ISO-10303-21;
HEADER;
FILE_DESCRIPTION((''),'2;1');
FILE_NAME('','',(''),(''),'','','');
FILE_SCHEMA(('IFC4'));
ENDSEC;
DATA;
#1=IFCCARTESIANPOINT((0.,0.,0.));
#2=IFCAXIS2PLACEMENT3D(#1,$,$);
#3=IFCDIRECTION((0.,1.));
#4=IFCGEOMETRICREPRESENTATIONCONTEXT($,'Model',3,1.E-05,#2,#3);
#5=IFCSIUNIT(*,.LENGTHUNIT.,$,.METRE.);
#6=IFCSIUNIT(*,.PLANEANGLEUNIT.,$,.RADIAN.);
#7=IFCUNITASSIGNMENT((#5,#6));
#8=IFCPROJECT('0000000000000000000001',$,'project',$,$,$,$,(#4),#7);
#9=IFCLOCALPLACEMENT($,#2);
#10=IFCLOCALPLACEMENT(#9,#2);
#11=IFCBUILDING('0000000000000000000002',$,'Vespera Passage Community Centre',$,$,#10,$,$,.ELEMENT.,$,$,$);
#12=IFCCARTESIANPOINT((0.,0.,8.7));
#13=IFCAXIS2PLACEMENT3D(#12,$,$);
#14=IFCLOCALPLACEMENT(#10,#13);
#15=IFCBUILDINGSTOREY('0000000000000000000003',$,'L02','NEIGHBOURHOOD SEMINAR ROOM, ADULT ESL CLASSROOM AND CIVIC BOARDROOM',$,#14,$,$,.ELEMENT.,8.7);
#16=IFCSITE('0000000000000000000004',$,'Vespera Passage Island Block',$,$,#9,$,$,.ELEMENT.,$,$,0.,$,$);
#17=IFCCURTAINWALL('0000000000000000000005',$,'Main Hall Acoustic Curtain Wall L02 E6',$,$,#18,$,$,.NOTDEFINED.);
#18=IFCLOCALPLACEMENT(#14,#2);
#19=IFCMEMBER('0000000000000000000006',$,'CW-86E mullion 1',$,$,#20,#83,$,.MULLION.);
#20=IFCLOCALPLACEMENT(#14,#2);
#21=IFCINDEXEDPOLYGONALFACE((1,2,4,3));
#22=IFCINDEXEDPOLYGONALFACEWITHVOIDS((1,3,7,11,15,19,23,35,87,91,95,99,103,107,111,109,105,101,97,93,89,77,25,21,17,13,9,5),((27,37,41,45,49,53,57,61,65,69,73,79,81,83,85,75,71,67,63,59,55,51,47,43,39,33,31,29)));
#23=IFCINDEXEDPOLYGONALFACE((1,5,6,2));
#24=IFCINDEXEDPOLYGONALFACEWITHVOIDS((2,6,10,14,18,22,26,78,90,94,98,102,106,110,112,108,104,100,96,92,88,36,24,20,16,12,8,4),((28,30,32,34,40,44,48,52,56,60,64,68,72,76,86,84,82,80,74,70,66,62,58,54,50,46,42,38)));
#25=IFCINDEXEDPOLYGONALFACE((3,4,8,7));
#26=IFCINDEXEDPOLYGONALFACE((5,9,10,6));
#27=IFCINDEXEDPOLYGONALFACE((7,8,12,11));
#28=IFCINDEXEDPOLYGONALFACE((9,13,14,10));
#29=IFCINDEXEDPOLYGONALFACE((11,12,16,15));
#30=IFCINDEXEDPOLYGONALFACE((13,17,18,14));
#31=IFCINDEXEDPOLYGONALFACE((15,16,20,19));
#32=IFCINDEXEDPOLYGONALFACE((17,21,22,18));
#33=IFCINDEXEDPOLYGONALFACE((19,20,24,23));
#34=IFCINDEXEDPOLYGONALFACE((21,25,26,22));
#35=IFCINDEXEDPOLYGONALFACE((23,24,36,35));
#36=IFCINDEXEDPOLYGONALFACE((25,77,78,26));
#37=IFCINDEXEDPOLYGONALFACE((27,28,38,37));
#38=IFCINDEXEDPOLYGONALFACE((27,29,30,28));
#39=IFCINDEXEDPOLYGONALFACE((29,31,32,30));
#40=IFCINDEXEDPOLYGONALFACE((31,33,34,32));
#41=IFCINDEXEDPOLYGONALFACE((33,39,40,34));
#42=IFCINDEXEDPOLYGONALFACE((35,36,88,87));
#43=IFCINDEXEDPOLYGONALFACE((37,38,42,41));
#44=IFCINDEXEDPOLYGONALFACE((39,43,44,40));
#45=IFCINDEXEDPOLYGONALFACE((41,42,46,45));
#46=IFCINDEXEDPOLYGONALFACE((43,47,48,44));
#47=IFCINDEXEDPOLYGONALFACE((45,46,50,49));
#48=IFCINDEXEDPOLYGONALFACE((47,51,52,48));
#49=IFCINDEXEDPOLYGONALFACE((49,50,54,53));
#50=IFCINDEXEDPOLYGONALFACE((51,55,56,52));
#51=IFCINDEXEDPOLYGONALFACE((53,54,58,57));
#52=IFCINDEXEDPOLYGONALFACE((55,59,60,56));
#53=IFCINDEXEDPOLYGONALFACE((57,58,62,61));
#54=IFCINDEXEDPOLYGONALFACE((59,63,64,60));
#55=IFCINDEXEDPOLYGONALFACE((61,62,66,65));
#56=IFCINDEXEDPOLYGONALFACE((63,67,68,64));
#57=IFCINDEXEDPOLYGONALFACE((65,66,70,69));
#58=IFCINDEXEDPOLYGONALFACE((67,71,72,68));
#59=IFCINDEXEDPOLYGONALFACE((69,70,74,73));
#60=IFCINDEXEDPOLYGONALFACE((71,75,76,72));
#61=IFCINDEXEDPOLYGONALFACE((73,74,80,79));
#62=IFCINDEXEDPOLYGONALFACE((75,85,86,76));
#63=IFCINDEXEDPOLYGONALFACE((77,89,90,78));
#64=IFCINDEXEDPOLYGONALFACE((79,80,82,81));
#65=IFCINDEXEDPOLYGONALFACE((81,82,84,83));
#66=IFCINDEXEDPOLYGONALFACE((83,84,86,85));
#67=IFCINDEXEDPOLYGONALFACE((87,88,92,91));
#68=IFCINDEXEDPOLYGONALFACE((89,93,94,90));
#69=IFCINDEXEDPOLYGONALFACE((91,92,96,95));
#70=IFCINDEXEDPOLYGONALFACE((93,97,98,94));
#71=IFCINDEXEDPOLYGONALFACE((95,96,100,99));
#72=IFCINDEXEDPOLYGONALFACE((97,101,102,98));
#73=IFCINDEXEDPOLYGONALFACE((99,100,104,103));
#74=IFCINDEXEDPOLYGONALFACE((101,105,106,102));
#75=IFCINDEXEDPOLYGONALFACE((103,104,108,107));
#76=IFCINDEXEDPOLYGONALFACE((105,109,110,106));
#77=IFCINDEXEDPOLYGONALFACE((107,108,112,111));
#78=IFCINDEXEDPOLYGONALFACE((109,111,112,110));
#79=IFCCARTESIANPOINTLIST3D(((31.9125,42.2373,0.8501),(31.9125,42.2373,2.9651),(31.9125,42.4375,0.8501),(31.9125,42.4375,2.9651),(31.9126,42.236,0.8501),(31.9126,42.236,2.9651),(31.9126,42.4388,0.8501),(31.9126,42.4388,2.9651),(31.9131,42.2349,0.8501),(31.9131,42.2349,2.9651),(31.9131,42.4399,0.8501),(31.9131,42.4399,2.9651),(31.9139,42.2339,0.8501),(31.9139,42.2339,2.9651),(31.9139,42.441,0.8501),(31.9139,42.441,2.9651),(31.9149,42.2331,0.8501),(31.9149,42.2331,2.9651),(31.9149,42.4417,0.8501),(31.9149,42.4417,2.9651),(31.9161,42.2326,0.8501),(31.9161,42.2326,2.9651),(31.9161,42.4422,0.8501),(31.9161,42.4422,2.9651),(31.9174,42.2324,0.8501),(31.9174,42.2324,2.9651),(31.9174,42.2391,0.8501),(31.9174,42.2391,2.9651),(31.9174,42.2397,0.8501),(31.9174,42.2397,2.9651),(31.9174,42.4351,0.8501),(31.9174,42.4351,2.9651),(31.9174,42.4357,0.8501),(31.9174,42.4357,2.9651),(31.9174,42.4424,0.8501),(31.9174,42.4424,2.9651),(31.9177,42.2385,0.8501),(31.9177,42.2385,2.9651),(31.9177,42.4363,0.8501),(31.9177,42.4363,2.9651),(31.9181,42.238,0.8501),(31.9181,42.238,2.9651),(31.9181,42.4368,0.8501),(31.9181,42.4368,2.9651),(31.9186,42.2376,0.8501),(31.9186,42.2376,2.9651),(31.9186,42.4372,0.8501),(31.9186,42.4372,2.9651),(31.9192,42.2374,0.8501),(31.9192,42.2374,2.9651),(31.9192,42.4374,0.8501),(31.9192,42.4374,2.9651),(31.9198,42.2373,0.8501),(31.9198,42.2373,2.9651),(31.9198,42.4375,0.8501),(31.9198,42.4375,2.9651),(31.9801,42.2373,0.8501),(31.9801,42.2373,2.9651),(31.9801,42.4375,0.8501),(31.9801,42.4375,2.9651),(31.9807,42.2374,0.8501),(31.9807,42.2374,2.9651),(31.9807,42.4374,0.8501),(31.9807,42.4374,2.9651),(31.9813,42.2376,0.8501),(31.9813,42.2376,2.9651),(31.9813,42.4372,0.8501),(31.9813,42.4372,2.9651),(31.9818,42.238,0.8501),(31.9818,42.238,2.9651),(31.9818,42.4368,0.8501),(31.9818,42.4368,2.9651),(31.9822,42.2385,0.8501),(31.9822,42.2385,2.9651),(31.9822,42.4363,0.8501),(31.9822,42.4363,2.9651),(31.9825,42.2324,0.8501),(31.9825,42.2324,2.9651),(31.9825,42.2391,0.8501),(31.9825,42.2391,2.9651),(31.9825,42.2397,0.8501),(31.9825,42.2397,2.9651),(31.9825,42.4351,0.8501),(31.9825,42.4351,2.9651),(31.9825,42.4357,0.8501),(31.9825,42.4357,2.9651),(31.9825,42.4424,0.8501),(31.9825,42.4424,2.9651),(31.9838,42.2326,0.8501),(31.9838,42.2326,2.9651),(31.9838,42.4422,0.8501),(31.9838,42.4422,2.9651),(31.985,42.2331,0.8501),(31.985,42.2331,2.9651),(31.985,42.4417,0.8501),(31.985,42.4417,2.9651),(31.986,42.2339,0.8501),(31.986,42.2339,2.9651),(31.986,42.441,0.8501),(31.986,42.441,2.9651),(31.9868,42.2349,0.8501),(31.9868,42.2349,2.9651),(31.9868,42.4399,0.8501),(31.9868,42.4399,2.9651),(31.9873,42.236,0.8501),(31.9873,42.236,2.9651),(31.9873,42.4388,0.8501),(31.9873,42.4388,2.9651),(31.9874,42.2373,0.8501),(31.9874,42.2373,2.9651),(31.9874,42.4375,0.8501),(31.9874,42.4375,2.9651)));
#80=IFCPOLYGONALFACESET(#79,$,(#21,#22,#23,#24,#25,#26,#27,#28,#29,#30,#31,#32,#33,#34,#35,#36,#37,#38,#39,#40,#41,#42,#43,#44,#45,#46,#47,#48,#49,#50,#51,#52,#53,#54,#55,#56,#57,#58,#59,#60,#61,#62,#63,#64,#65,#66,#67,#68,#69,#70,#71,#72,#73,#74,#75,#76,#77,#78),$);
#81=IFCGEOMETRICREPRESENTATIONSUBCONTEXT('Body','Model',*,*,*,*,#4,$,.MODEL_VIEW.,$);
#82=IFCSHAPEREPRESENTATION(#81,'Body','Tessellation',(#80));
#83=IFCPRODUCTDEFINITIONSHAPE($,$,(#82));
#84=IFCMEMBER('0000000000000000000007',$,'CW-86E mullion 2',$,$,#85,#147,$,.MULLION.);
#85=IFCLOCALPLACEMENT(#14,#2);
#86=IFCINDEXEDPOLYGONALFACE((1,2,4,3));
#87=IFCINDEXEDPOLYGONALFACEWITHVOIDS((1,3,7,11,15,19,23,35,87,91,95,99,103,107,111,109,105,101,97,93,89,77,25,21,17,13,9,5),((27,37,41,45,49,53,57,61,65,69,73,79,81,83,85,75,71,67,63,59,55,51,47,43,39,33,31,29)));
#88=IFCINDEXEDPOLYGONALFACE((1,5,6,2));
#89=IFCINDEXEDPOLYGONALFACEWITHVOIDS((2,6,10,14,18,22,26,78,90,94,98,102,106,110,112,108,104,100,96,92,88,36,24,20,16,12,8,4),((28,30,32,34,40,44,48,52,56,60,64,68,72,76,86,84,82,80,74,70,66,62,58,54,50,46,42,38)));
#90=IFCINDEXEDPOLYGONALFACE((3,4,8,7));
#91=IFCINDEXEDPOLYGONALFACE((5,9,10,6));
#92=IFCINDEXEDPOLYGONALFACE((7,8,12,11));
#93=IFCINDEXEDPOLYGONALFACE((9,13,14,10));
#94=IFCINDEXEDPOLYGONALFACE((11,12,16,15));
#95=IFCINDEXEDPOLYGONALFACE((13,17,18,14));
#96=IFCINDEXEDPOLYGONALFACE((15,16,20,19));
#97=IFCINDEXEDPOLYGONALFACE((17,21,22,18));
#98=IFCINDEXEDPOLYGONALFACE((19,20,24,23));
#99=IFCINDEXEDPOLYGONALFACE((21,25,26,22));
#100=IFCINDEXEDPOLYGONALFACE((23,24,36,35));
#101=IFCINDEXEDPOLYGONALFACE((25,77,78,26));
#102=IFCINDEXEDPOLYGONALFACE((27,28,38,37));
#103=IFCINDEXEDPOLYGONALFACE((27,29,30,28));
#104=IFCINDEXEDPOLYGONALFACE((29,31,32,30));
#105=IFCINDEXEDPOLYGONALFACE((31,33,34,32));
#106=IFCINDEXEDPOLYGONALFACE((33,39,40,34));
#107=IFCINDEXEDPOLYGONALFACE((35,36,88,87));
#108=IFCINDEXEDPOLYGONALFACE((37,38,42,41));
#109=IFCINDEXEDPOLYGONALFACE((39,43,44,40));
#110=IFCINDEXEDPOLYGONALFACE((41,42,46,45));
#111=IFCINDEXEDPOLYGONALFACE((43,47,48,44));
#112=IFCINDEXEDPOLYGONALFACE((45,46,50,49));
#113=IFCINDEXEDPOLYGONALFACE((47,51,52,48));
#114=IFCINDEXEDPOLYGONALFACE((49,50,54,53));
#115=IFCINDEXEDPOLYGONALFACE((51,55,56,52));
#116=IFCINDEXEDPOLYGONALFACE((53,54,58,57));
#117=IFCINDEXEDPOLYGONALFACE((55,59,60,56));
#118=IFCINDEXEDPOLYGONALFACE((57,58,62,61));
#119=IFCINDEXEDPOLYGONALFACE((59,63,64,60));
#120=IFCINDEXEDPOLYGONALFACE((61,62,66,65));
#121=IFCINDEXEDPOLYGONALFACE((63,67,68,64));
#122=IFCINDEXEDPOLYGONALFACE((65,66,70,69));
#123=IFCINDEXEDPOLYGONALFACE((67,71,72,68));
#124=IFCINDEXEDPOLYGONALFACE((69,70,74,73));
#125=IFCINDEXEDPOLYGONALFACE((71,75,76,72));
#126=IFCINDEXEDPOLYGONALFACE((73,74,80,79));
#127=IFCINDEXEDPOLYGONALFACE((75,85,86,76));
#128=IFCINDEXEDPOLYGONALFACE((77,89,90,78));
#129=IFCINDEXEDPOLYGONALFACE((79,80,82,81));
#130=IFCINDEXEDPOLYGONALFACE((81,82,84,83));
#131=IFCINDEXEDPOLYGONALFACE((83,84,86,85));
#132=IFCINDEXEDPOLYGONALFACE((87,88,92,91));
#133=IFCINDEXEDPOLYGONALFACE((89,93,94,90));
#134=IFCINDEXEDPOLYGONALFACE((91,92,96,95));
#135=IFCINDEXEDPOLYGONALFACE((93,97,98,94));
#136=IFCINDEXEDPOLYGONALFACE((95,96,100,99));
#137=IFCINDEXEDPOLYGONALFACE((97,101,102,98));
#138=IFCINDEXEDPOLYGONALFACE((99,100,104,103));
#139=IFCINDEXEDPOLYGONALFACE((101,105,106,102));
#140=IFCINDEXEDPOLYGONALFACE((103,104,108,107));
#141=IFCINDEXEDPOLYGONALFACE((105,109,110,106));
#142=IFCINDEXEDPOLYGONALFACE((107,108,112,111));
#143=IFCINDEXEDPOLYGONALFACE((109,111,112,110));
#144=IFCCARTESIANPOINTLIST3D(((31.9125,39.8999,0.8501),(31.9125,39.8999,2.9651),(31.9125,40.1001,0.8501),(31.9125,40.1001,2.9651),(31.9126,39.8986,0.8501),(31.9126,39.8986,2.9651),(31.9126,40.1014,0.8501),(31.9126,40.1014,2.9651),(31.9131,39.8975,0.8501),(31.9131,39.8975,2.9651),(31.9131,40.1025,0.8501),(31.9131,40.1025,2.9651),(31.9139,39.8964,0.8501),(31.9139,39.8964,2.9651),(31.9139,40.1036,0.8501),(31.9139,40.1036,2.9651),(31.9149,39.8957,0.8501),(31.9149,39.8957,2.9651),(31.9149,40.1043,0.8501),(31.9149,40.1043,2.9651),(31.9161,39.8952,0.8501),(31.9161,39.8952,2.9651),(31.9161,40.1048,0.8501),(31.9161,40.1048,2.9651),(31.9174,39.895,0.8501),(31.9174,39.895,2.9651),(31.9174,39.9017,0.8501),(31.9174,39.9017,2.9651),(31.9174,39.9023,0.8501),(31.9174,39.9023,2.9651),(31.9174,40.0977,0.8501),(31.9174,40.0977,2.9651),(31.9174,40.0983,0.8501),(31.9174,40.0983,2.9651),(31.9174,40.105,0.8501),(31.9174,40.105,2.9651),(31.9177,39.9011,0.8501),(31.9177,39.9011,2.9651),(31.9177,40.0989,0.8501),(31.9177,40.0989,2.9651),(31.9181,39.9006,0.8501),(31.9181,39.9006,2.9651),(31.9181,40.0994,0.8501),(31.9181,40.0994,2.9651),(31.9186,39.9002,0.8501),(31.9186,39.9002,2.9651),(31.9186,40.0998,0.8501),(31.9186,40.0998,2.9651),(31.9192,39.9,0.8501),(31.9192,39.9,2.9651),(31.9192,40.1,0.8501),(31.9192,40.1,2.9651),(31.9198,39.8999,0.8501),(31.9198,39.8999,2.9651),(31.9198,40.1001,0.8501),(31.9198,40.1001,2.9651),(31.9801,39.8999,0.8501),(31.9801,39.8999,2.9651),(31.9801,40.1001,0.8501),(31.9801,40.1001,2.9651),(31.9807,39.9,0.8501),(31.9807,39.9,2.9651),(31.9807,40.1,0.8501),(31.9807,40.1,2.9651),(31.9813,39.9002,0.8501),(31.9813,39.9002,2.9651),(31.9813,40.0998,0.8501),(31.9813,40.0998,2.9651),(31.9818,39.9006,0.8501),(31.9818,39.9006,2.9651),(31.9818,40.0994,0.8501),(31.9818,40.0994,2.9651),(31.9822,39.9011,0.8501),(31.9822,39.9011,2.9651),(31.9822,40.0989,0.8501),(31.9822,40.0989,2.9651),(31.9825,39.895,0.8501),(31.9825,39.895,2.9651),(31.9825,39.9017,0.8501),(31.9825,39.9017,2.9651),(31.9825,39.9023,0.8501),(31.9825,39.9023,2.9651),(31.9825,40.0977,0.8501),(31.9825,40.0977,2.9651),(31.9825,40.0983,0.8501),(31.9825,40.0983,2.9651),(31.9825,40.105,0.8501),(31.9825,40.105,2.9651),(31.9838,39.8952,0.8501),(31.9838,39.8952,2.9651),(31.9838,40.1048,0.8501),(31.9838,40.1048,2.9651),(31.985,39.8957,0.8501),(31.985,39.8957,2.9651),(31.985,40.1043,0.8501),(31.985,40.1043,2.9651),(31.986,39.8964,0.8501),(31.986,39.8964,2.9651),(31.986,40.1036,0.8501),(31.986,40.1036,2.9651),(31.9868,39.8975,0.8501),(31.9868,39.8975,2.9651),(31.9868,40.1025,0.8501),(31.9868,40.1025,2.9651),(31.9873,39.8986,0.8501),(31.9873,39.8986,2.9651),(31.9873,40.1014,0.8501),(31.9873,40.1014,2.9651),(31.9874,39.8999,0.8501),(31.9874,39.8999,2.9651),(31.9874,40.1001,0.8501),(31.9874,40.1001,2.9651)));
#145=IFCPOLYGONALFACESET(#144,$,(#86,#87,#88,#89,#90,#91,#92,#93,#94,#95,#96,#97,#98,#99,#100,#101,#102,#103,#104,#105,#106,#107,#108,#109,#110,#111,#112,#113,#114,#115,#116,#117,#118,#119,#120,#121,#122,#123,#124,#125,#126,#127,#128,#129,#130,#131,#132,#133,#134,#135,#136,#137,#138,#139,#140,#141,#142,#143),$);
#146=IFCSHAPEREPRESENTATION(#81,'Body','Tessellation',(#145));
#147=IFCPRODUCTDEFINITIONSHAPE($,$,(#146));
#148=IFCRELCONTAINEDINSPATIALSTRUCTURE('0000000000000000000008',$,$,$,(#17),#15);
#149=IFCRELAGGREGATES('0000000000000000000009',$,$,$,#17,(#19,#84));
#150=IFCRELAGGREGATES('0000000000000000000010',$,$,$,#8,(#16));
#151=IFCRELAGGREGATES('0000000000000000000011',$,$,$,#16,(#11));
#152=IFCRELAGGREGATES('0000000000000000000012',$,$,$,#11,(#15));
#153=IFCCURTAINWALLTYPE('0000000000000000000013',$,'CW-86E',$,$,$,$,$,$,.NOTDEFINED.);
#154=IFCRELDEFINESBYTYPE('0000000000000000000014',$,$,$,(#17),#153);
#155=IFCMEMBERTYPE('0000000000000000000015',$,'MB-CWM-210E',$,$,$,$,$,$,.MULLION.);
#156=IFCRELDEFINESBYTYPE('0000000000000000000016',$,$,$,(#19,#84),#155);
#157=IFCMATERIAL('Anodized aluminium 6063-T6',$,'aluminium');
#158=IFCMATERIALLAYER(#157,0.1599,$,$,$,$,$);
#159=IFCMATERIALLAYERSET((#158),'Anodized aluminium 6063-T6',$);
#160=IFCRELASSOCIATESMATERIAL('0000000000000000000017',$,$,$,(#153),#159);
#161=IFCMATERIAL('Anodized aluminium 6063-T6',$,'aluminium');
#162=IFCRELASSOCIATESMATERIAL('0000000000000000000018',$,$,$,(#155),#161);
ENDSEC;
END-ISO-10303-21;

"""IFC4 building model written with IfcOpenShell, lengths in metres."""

from ifc_helpers import new_model, si_unit, direction, frame, origin, origin_2d, place, context, subcontext, project, spatial, hollow_rectangle, extrude, material, layer, layer_set, material_profile, profile_set, type_object, element, aggregate, save


model = new_model("IFC4")

# Units and contexts
model_context = context("Model", 3, precision=1e-05, world=origin(), true_north=direction((0.0, 1.0)))
body_context = subcontext(model_context, "Body", "Model", "MODEL_VIEW")
ifc_project = project(units=[si_unit("LENGTHUNIT", "METRE"), si_unit("PLANEANGLEUNIT", "RADIAN")], contexts=[model_context])

# Site, building, storey
site_placement = place(None, origin())
site = spatial("IfcSite", under=ifc_project, at=site_placement, Name="Vespera Passage Island Block", CompositionType="ELEMENT", RefElevation=0.0)
building_placement = place(site_placement, origin())
building = spatial("IfcBuilding", under=site, at=building_placement, Name="Vespera Passage Community Centre", CompositionType="ELEMENT")
storey_placement = place(building_placement, frame((0.0, 0.0, 8.7)))
storey = spatial("IfcBuildingStorey", under=building, at=storey_placement, Name="L02", Description="NEIGHBOURHOOD SEMINAR ROOM, ADULT ESL CLASSROOM AND CIVIC BOARDROOM", CompositionType="ELEMENT", Elevation=8.7)

# Curtain wall, members
ifc_material_1 = material(Name="Anodized aluminium 6063-T6", Category="aluminium")
ifc_layer_1 = layer(ifc_material_1, 0.1599)
ifc_layer_set_1 = layer_set([ifc_layer_1], Name="Anodized aluminium 6063-T6")
curtain_wall_type_1 = type_object("IfcCurtainWallType", Name="CW-86E", PredefinedType="NOTDEFINED", material=ifc_layer_set_1)
ifc_material_2 = material(Name="Anodized aluminium 6063-T6", Category="aluminium")
ifc_material_profile_1 = material_profile(ifc_material_2, hollow_rectangle(XDim=0.075, YDim=0.21, WallThickness=0.0049, InnerFilletRadius=0.0024, OuterFilletRadius=0.0049, at=origin_2d()), Name="ALU210X75X5")
ifc_profile_set_1 = profile_set([ifc_material_profile_1], Name="Anodized aluminium 6063-T6")
member_type_1 = type_object("IfcMemberType", Name="MB-CWM-210E", PredefinedType="MULLION", material=ifc_profile_set_1)
curtain_wall_1_placement = place(storey_placement, origin())
curtain_wall_1 = element("IfcCurtainWall", 1, at=curtain_wall_1_placement, inside=storey, type_object=curtain_wall_type_1, Name="Main Hall Acoustic Curtain Wall L02 E6", PredefinedType="NOTDEFINED")
member_1_placement = place(storey_placement, frame((31.95, 42.3374, 0.8501), z_axis=(0.0, 0.0, 1.0), x_axis=(1.0, 0.0, 0.0)))
member_1 = element("IfcMember", 2, at=member_1_placement, type_object=member_type_1, Name="CW-86E mullion 1", PredefinedType="MULLION", context=body_context, shape_type="SweptSolid", body=[
    extrude(hollow_rectangle(XDim=0.075, YDim=0.21, WallThickness=0.0049, InnerFilletRadius=0.0024, OuterFilletRadius=0.0049, at=origin_2d()), origin(), (0.0, 0.0, 1.0), 2.115),
])
member_2_placement = place(storey_placement, frame((31.95, 40.0, 0.8501), z_axis=(0.0, 0.0, 1.0), x_axis=(1.0, 0.0, 0.0)))
member_2 = element("IfcMember", 3, at=member_2_placement, type_object=member_type_1, Name="CW-86E mullion 2", PredefinedType="MULLION", context=body_context, shape_type="SweptSolid", body=[
    extrude(hollow_rectangle(XDim=0.075, YDim=0.21, WallThickness=0.0049, InnerFilletRadius=0.0024, OuterFilletRadius=0.0049, at=origin_2d()), origin(), (0.0, 0.0, 1.0), 2.115),
])

aggregate(curtain_wall_1, [member_1, member_2])

save(model, "model.ifc")
